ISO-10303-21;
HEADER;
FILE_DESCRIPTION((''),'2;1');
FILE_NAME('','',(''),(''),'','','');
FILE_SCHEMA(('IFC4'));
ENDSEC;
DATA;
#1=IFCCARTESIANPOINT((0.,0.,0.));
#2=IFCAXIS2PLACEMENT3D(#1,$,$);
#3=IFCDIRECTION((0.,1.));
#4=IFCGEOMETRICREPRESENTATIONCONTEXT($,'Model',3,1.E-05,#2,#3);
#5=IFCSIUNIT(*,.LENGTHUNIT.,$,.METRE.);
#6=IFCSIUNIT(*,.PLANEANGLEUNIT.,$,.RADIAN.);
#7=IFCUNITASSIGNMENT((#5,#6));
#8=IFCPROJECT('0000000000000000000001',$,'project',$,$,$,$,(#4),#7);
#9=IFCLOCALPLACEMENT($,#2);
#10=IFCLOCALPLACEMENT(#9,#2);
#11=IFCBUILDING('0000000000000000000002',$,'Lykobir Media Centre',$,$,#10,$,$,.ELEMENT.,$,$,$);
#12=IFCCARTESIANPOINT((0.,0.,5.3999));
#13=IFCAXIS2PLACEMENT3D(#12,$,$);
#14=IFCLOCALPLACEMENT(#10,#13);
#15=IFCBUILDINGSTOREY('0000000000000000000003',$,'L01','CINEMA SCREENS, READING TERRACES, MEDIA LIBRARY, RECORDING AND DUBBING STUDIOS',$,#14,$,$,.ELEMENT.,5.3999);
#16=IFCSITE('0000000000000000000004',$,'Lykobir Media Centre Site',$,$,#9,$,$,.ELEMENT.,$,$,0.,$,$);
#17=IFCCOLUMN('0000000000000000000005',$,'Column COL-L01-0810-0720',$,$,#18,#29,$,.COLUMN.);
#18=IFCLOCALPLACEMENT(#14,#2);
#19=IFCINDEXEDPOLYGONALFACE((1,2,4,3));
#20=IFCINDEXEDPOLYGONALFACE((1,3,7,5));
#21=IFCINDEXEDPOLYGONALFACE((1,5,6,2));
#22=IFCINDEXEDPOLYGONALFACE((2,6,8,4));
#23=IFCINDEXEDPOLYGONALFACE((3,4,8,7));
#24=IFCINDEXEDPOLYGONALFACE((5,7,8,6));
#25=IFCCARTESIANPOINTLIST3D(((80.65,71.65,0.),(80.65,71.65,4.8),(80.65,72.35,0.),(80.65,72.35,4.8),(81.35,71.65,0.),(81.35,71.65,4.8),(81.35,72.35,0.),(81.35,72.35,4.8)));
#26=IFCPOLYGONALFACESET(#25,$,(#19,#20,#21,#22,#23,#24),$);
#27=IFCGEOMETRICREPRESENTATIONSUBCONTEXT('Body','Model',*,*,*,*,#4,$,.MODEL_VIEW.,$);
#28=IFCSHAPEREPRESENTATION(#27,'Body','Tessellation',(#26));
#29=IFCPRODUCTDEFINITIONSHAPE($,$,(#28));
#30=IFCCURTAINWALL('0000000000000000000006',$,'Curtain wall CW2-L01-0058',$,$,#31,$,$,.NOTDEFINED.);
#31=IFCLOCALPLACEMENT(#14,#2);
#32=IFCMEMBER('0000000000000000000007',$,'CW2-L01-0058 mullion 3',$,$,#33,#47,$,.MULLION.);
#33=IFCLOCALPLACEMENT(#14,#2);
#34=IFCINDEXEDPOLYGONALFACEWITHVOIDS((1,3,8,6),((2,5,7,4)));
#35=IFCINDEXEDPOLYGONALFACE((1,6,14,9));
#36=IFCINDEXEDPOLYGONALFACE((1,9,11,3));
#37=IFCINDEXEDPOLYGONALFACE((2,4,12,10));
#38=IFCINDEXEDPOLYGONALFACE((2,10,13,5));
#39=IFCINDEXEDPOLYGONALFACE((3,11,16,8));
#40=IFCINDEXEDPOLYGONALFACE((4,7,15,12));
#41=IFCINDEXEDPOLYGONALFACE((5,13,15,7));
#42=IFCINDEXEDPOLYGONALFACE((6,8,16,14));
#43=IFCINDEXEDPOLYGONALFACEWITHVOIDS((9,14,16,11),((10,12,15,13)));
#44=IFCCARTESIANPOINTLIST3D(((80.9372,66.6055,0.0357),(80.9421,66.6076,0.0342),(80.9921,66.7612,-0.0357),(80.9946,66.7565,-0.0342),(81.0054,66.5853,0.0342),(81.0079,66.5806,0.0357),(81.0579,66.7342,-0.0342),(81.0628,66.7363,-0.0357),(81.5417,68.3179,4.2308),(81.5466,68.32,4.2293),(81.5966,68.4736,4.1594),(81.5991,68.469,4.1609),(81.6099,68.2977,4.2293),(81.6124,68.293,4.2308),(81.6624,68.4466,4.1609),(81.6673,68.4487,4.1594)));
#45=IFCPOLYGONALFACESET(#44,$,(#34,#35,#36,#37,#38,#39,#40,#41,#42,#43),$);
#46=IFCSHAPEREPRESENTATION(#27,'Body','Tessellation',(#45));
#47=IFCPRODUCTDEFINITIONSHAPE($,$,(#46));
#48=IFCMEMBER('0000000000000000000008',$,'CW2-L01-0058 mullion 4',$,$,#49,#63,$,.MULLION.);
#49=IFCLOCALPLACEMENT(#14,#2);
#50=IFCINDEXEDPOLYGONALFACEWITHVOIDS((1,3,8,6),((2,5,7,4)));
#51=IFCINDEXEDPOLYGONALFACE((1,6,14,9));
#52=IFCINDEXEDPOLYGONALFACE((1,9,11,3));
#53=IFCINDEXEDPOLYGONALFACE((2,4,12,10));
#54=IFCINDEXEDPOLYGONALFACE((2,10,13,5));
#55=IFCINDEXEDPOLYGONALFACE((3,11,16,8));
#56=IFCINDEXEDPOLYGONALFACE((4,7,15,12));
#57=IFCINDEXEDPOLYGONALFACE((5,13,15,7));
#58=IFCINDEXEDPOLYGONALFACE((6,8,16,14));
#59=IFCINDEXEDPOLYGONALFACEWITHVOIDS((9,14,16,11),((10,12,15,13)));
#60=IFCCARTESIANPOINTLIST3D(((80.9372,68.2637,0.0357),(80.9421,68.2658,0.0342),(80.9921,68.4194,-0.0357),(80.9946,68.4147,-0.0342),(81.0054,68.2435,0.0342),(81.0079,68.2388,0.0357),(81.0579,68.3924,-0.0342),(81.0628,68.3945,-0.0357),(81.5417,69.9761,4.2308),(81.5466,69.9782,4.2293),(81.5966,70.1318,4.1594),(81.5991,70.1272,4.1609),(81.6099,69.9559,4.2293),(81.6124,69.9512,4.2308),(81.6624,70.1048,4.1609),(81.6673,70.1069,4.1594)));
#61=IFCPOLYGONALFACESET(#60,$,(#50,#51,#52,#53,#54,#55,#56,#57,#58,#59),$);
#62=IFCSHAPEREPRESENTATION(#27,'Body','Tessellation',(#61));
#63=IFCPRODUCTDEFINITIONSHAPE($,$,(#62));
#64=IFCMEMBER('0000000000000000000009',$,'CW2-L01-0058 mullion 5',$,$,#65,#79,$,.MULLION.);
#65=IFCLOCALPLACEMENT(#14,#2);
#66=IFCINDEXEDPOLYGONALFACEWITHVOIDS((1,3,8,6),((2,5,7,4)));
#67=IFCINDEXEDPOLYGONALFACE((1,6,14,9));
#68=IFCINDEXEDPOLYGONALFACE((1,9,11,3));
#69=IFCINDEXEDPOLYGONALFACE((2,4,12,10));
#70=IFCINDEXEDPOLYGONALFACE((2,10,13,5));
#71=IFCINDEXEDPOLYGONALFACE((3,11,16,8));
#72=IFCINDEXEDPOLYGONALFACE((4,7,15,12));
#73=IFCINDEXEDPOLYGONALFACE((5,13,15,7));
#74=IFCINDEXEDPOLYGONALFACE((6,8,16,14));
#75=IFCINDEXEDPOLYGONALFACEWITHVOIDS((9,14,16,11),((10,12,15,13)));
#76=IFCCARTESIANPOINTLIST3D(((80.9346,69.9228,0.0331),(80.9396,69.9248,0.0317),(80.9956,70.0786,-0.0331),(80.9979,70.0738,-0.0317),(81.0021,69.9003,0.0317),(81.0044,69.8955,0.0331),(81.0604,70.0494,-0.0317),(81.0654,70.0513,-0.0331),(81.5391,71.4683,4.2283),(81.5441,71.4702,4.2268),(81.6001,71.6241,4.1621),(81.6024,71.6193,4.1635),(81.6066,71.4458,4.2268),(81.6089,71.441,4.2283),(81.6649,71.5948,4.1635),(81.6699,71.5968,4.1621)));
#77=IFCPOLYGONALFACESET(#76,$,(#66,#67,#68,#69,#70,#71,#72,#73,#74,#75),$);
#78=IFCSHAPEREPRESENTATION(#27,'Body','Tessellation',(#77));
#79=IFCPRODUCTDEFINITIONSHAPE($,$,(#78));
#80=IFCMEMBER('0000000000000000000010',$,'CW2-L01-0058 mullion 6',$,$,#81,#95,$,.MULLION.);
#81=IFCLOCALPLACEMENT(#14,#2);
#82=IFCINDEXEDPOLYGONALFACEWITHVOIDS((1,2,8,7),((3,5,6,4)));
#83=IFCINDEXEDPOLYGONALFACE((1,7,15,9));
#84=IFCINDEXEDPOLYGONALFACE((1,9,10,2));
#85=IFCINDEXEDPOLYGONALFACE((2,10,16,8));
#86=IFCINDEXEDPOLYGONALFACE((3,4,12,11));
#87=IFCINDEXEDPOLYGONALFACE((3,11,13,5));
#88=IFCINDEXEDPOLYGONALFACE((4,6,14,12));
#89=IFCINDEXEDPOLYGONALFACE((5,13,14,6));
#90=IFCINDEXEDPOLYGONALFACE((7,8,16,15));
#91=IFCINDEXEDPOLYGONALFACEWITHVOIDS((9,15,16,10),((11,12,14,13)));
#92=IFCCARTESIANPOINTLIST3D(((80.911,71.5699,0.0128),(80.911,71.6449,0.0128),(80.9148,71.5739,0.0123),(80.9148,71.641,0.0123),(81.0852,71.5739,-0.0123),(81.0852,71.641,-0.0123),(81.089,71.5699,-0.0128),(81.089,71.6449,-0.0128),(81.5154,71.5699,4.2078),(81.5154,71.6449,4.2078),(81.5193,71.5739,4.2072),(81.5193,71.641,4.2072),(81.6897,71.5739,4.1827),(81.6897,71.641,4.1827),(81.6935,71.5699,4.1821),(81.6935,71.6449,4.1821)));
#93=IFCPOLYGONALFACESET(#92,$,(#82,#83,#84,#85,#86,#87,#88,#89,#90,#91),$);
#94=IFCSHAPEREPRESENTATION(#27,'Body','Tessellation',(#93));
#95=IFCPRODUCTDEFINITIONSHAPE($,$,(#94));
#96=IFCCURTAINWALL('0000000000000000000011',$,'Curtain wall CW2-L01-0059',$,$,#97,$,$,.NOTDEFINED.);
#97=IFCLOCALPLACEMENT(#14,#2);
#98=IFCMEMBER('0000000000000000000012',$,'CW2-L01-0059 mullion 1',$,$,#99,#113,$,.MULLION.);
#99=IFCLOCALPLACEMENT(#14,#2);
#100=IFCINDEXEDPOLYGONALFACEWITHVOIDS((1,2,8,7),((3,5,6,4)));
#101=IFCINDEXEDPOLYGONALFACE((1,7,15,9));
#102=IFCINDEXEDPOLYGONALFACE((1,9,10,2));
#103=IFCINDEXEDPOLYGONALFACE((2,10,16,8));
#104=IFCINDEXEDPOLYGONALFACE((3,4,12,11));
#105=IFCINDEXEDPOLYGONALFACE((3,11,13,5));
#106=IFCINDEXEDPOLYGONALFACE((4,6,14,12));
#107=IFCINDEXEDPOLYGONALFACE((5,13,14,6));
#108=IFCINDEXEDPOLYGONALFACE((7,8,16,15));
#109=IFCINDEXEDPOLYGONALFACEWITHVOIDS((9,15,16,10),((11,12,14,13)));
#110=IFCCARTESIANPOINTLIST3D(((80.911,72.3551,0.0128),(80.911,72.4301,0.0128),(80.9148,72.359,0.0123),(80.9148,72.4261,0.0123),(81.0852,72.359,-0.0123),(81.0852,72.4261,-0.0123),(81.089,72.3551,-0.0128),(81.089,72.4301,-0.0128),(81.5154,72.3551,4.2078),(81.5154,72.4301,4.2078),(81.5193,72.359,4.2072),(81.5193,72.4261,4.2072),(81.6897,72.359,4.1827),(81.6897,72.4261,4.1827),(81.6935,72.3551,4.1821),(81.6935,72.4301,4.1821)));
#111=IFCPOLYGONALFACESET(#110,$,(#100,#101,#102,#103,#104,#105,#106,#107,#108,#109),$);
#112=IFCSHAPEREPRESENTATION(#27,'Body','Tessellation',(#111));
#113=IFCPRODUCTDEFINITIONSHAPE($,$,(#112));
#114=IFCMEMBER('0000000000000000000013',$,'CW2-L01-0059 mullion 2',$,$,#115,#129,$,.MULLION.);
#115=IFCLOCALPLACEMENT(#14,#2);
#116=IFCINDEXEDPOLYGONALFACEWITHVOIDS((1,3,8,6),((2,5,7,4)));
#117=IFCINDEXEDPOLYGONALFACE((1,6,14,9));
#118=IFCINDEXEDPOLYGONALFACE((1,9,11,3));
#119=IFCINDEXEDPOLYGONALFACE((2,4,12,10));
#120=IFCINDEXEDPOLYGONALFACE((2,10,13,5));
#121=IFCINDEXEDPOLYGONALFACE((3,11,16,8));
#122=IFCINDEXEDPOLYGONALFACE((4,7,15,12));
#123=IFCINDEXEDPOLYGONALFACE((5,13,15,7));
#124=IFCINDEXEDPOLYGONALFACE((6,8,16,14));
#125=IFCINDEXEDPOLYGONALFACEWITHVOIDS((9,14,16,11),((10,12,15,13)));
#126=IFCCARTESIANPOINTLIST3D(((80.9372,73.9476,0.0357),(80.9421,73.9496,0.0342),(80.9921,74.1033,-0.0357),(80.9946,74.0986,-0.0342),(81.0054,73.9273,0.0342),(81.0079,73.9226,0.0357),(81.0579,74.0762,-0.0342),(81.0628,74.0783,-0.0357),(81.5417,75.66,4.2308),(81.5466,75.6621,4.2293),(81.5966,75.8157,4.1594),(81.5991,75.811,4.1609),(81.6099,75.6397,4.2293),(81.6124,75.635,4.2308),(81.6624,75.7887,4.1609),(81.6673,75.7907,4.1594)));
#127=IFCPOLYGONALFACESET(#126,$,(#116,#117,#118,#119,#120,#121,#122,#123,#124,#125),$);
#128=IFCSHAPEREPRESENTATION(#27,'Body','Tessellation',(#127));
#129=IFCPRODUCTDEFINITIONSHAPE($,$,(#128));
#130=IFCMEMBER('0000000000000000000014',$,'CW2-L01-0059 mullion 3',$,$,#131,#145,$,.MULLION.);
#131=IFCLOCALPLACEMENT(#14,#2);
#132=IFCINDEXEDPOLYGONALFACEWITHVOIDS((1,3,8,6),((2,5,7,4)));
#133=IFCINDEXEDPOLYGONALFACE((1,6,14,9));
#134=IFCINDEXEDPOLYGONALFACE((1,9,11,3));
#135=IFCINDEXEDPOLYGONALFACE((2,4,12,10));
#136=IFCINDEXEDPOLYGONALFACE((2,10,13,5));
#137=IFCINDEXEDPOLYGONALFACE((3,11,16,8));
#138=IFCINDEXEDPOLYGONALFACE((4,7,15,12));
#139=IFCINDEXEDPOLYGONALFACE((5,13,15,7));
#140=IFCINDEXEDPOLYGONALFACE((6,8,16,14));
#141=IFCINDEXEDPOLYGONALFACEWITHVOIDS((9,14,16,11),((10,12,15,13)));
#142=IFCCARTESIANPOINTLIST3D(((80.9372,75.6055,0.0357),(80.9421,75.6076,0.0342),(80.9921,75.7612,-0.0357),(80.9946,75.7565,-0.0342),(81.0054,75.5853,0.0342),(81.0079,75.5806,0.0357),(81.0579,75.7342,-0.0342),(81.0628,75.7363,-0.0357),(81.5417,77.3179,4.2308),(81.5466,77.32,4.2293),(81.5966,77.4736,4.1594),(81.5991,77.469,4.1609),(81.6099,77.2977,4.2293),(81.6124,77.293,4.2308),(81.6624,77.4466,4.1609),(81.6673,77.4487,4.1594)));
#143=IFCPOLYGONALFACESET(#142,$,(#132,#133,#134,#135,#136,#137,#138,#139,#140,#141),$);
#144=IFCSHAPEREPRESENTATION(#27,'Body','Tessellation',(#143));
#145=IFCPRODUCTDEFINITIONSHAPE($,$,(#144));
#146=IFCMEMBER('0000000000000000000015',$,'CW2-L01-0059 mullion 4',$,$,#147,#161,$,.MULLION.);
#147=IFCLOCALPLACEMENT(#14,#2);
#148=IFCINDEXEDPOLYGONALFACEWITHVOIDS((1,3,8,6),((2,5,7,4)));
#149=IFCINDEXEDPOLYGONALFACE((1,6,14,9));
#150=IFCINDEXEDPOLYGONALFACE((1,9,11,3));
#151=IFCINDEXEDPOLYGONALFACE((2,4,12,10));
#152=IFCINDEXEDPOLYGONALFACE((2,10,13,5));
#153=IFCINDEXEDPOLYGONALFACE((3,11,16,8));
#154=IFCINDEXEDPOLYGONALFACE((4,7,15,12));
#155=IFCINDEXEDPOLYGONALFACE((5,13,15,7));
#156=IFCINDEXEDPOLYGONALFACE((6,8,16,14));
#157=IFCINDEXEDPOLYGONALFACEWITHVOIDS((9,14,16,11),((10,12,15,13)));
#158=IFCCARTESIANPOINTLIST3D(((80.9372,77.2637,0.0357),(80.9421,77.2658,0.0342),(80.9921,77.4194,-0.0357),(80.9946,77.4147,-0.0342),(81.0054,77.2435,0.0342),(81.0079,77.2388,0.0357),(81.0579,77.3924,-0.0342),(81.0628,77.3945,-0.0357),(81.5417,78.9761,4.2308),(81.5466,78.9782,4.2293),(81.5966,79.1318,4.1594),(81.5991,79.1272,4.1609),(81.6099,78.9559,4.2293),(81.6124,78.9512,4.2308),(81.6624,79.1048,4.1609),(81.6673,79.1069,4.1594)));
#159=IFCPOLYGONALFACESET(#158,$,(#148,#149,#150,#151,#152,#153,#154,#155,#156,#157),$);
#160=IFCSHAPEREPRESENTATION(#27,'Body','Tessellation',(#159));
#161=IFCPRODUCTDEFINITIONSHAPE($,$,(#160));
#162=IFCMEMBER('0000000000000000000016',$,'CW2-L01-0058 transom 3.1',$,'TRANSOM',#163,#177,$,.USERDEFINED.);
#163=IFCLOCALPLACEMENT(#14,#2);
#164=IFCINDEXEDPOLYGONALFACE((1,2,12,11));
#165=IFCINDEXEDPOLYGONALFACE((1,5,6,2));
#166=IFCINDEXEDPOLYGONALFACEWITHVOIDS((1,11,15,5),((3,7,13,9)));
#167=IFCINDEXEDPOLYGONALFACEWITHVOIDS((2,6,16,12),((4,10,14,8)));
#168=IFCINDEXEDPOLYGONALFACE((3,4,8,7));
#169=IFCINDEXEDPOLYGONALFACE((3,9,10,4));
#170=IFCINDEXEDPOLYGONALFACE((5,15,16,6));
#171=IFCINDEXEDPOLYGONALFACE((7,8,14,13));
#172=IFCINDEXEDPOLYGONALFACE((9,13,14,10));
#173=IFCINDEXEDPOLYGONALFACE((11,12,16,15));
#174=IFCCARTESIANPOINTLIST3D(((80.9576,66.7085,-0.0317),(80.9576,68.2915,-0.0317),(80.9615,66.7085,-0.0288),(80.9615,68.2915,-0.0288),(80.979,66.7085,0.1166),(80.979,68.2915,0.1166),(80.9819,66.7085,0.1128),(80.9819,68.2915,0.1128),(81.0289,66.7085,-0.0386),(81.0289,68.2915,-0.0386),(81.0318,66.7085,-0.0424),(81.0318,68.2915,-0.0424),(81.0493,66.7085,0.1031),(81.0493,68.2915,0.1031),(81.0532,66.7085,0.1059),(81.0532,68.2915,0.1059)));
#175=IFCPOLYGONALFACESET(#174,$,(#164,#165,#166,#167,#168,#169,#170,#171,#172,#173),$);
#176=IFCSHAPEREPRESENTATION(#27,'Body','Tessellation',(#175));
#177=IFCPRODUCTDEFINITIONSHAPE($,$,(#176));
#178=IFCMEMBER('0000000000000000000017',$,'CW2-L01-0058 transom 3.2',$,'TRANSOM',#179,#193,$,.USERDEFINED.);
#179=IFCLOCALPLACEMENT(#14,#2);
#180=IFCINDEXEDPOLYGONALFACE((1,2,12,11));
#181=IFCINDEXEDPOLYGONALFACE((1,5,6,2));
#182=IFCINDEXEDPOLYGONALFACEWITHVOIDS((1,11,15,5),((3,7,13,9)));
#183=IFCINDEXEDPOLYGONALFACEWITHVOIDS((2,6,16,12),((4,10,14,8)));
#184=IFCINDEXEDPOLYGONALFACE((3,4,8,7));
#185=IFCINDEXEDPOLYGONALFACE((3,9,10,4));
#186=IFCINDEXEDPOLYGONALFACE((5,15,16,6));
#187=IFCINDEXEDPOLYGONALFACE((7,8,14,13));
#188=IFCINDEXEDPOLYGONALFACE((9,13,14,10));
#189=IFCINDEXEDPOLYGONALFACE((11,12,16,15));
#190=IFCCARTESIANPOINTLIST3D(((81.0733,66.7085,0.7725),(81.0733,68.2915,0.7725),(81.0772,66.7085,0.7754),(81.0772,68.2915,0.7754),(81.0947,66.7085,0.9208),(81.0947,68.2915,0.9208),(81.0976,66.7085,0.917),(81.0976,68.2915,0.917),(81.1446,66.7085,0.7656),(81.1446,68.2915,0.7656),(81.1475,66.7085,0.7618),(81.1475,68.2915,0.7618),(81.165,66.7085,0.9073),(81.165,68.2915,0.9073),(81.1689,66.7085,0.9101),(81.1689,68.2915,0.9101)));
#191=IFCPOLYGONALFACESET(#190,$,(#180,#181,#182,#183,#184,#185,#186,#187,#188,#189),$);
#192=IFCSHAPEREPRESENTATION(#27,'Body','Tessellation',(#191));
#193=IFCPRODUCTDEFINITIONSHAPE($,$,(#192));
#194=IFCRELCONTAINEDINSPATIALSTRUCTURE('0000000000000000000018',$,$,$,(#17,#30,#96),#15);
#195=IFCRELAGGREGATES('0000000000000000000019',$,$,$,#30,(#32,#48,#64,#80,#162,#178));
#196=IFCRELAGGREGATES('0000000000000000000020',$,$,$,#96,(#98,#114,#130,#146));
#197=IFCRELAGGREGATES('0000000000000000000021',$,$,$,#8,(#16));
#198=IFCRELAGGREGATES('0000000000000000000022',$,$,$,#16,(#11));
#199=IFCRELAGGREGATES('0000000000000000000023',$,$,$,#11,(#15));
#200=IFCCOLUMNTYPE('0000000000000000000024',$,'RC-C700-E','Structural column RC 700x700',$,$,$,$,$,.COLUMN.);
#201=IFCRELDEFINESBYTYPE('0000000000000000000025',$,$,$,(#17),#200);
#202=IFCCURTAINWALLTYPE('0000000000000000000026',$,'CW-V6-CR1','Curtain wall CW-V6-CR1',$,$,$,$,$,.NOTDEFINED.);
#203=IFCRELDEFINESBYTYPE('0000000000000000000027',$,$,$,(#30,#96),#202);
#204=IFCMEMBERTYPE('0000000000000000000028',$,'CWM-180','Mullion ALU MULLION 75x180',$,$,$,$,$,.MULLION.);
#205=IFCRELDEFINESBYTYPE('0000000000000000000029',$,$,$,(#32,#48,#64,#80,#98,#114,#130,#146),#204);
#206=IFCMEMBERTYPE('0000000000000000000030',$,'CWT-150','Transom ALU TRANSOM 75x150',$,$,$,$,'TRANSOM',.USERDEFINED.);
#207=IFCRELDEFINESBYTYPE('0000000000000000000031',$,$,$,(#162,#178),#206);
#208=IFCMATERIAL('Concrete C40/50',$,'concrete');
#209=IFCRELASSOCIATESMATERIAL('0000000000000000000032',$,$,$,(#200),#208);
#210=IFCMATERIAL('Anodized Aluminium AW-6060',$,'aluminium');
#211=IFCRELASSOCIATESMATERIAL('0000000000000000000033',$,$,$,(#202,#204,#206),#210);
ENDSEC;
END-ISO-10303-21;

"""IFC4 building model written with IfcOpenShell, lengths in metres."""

from ifc_helpers import new_model, si_unit, direction, frame, origin, origin_2d, place, context, subcontext, project, spatial, rectangle, hollow_rectangle, extrude, material, material_profile, profile_set, type_object, element, aggregate, save


model = new_model("IFC4")

# Units and contexts
model_context = context("Model", 3, precision=1e-05, world=origin(), true_north=direction((0.0, 1.0)))
body_context = subcontext(model_context, "Body", "Model", "MODEL_VIEW")
ifc_project = project(units=[si_unit("LENGTHUNIT", "METRE"), si_unit("PLANEANGLEUNIT", "RADIAN")], contexts=[model_context])

# Site, building, storey
site_placement = place(None, origin())
site = spatial("IfcSite", under=ifc_project, at=site_placement, Name="Lykobir Media Centre Site", CompositionType="ELEMENT", RefElevation=0.0)
building_placement = place(site_placement, origin())
building = spatial("IfcBuilding", under=site, at=building_placement, Name="Lykobir Media Centre", CompositionType="ELEMENT")
storey_placement = place(building_placement, frame((0.0, 0.0, 5.3999)))
storey = spatial("IfcBuildingStorey", under=building, at=storey_placement, Name="L01", Description="CINEMA SCREENS, READING TERRACES, MEDIA LIBRARY, RECORDING AND DUBBING STUDIOS", CompositionType="ELEMENT", Elevation=5.3999)

# Column
ifc_material_1 = material(Name="Concrete C40/50", Category="concrete")
ifc_material_profile_1 = material_profile(ifc_material_1, rectangle(XDim=0.7, YDim=0.7, at=origin_2d()), Name="RC 700x700")
ifc_profile_set_1 = profile_set([ifc_material_profile_1], Name="Concrete C40/50")
column_type = type_object("IfcColumnType", Name="RC-C700-E", Description="Structural column RC 700x700", PredefinedType="COLUMN", material=ifc_profile_set_1)
column_placement = place(storey_placement, frame((81.0, 72.0, 0.0), z_axis=(0.0, 0.0, 1.0), x_axis=(1.0, 0.0, 0.0)))
element("IfcColumn", 1, at=column_placement, inside=storey, type_object=column_type, Name="Column COL-L01-0810-0720", PredefinedType="COLUMN", context=body_context, shape_type="SweptSolid", body=[
    extrude(rectangle(XDim=0.7, YDim=0.7, at=origin_2d()), origin(), (0.0, 0.0, 1.0), 4.8),
])

# Curtain walls, members
ifc_material_2 = material(Name="Anodized Aluminium AW-6060", Category="aluminium")
curtain_wall_type = type_object("IfcCurtainWallType", Name="CW-V6-CR1", Description="Curtain wall CW-V6-CR1", PredefinedType="NOTDEFINED", material=ifc_material_2)
curtain_wall_1_placement = place(storey_placement, origin())
curtain_wall_1 = element("IfcCurtainWall", 2, at=curtain_wall_1_placement, inside=storey, type_object=curtain_wall_type, Name="Curtain wall CW2-L01-0058", PredefinedType="NOTDEFINED")
ifc_material_profile_2 = material_profile(ifc_material_2, hollow_rectangle(XDim=0.075, YDim=0.1799, WallThickness=0.0039, at=origin_2d()), Name="ALU MULLION 75x180")
ifc_profile_set_2 = profile_set([ifc_material_profile_2], Name="Anodized Aluminium AW-6060")
member_type_1 = type_object("IfcMemberType", Name="CWM-180", Description="Mullion ALU MULLION 75x180", PredefinedType="MULLION", material=ifc_profile_set_2)
member_1_placement = place(storey_placement, frame((81.0, 66.6709, 0.0), z_axis=(0.132238, 0.374603, 0.917707), x_axis=(0.94297, -0.332876, 0.0)))
member_1 = element("IfcMember", 3, at=member_1_placement, type_object=member_type_1, Name="CW2-L01-0058 mullion 3", PredefinedType="MULLION", context=body_context, shape_type="SweptSolid", body=[
    extrude(hollow_rectangle(XDim=0.075, YDim=0.1799, WallThickness=0.0039, at=origin_2d()), origin(), (0.0, 0.0, 1.0), 4.5713),
])
member_2_placement = place(storey_placement, frame((81.0, 68.3291, 0.0), z_axis=(0.132238, 0.374603, 0.917707), x_axis=(0.94297, -0.332876, 0.0)))
member_2 = element("IfcMember", 4, at=member_2_placement, type_object=member_type_1, Name="CW2-L01-0058 mullion 4", PredefinedType="MULLION", context=body_context, shape_type="SweptSolid", body=[
    extrude(hollow_rectangle(XDim=0.075, YDim=0.1799, WallThickness=0.0039, at=origin_2d()), origin(), (0.0, 0.0, 1.0), 4.5713),
])
member_3_placement = place(storey_placement, frame((81.0, 69.9871, 0.0), z_axis=(0.133994, 0.34256, 0.929891), x_axis=(0.931291, -0.364277, 0.0)))
member_3 = element("IfcMember", 5, at=member_3_placement, type_object=member_type_1, Name="CW2-L01-0058 mullion 5", PredefinedType="MULLION", context=body_context, shape_type="SweptSolid", body=[
    extrude(hollow_rectangle(XDim=0.075, YDim=0.1799, WallThickness=0.0039, at=origin_2d()), origin(), (0.0, 0.0, 1.0), 4.5115),
])
member_4_placement = place(storey_placement, frame((81.0, 71.6074, 0.0), z_axis=(0.142623, 0.0, 0.989777), x_axis=(0.0, -1.0, 0.0)))
member_4 = element("IfcMember", 6, at=member_4_placement, type_object=member_type_1, Name="CW2-L01-0058 mullion 6", PredefinedType="MULLION", context=body_context, shape_type="SweptSolid", body=[
    extrude(hollow_rectangle(XDim=0.075, YDim=0.1799, WallThickness=0.0039, at=origin_2d()), origin(), (0.0, 0.0, 1.0), 4.2383),
])
curtain_wall_2_placement = place(storey_placement, origin())
curtain_wall_2 = element("IfcCurtainWall", 7, at=curtain_wall_2_placement, inside=storey, type_object=curtain_wall_type, Name="Curtain wall CW2-L01-0059", PredefinedType="NOTDEFINED")
member_5_placement = place(storey_placement, frame((81.0, 72.3926, 0.0), z_axis=(0.142623, 0.0, 0.989777), x_axis=(0.0, -1.0, 0.0)))
member_5 = element("IfcMember", 8, at=member_5_placement, type_object=member_type_1, Name="CW2-L01-0059 mullion 1", PredefinedType="MULLION", context=body_context, shape_type="SweptSolid", body=[
    extrude(hollow_rectangle(XDim=0.075, YDim=0.1799, WallThickness=0.0039, at=origin_2d()), origin(), (0.0, 0.0, 1.0), 4.2383),
])
member_6_placement = place(storey_placement, frame((81.0, 74.0129, 0.0), z_axis=(0.132238, 0.374603, 0.917707), x_axis=(0.94297, -0.332876, 0.0)))
member_6 = element("IfcMember", 9, at=member_6_placement, type_object=member_type_1, Name="CW2-L01-0059 mullion 2", PredefinedType="MULLION", context=body_context, shape_type="SweptSolid", body=[
    extrude(hollow_rectangle(XDim=0.075, YDim=0.1799, WallThickness=0.0039, at=origin_2d()), origin(), (0.0, 0.0, 1.0), 4.5713),
])
member_7_placement = place(storey_placement, frame((81.0, 75.6709, 0.0), z_axis=(0.132238, 0.374603, 0.917707), x_axis=(0.94297, -0.332876, 0.0)))
member_7 = element("IfcMember", 10, at=member_7_placement, type_object=member_type_1, Name="CW2-L01-0059 mullion 3", PredefinedType="MULLION", context=body_context, shape_type="SweptSolid", body=[
    extrude(hollow_rectangle(XDim=0.075, YDim=0.1799, WallThickness=0.0039, at=origin_2d()), origin(), (0.0, 0.0, 1.0), 4.5713),
])
member_8_placement = place(storey_placement, frame((81.0, 77.3291, 0.0), z_axis=(0.132238, 0.374603, 0.917707), x_axis=(0.94297, -0.332876, 0.0)))
member_8 = element("IfcMember", 11, at=member_8_placement, type_object=member_type_1, Name="CW2-L01-0059 mullion 4", PredefinedType="MULLION", context=body_context, shape_type="SweptSolid", body=[
    extrude(hollow_rectangle(XDim=0.075, YDim=0.1799, WallThickness=0.0039, at=origin_2d()), origin(), (0.0, 0.0, 1.0), 4.5713),
])

# Members
ifc_material_profile_3 = material_profile(ifc_material_2, hollow_rectangle(XDim=0.075, YDim=0.1499, WallThickness=0.0034, at=origin_2d()), Name="ALU TRANSOM 75x150")
ifc_profile_set_3 = profile_set([ifc_material_profile_3], Name="Anodized Aluminium AW-6060")
member_type_2 = type_object("IfcMemberType", Name="CWT-150", Description="Transom ALU TRANSOM 75x150", ElementType="TRANSOM", PredefinedType="USERDEFINED", material=ifc_profile_set_3)
member_9_placement = place(storey_placement, frame((81.0054, 66.7085, 0.0371), z_axis=(0.0, 1.0, 0.0), x_axis=(-0.989776, 0.0, 0.142629)))
member_9 = element("IfcMember", 12, at=member_9_placement, type_object=member_type_2, Name="CW2-L01-0058 transom 3.1", ObjectType="TRANSOM", PredefinedType="USERDEFINED", context=body_context, shape_type="SweptSolid", body=[
    extrude(hollow_rectangle(XDim=0.075, YDim=0.1499, WallThickness=0.0034, at=origin_2d()), origin(), (0.0, 0.0, 1.0), 1.583),
])
member_10_placement = place(storey_placement, frame((81.1211, 66.7085, 0.8413), z_axis=(0.0, 1.0, 0.0), x_axis=(-0.989776, 0.0, 0.142629)))
member_10 = element("IfcMember", 13, at=member_10_placement, type_object=member_type_2, Name="CW2-L01-0058 transom 3.2", ObjectType="TRANSOM", PredefinedType="USERDEFINED", context=body_context, shape_type="SweptSolid", body=[
    extrude(hollow_rectangle(XDim=0.075, YDim=0.1499, WallThickness=0.0034, at=origin_2d()), origin(), (0.0, 0.0, 1.0), 1.583),
])

aggregate(curtain_wall_1, [member_1, member_2, member_3, member_4, member_9, member_10])
aggregate(curtain_wall_2, [member_5, member_6, member_7, member_8])

save(model, "model.ifc")
